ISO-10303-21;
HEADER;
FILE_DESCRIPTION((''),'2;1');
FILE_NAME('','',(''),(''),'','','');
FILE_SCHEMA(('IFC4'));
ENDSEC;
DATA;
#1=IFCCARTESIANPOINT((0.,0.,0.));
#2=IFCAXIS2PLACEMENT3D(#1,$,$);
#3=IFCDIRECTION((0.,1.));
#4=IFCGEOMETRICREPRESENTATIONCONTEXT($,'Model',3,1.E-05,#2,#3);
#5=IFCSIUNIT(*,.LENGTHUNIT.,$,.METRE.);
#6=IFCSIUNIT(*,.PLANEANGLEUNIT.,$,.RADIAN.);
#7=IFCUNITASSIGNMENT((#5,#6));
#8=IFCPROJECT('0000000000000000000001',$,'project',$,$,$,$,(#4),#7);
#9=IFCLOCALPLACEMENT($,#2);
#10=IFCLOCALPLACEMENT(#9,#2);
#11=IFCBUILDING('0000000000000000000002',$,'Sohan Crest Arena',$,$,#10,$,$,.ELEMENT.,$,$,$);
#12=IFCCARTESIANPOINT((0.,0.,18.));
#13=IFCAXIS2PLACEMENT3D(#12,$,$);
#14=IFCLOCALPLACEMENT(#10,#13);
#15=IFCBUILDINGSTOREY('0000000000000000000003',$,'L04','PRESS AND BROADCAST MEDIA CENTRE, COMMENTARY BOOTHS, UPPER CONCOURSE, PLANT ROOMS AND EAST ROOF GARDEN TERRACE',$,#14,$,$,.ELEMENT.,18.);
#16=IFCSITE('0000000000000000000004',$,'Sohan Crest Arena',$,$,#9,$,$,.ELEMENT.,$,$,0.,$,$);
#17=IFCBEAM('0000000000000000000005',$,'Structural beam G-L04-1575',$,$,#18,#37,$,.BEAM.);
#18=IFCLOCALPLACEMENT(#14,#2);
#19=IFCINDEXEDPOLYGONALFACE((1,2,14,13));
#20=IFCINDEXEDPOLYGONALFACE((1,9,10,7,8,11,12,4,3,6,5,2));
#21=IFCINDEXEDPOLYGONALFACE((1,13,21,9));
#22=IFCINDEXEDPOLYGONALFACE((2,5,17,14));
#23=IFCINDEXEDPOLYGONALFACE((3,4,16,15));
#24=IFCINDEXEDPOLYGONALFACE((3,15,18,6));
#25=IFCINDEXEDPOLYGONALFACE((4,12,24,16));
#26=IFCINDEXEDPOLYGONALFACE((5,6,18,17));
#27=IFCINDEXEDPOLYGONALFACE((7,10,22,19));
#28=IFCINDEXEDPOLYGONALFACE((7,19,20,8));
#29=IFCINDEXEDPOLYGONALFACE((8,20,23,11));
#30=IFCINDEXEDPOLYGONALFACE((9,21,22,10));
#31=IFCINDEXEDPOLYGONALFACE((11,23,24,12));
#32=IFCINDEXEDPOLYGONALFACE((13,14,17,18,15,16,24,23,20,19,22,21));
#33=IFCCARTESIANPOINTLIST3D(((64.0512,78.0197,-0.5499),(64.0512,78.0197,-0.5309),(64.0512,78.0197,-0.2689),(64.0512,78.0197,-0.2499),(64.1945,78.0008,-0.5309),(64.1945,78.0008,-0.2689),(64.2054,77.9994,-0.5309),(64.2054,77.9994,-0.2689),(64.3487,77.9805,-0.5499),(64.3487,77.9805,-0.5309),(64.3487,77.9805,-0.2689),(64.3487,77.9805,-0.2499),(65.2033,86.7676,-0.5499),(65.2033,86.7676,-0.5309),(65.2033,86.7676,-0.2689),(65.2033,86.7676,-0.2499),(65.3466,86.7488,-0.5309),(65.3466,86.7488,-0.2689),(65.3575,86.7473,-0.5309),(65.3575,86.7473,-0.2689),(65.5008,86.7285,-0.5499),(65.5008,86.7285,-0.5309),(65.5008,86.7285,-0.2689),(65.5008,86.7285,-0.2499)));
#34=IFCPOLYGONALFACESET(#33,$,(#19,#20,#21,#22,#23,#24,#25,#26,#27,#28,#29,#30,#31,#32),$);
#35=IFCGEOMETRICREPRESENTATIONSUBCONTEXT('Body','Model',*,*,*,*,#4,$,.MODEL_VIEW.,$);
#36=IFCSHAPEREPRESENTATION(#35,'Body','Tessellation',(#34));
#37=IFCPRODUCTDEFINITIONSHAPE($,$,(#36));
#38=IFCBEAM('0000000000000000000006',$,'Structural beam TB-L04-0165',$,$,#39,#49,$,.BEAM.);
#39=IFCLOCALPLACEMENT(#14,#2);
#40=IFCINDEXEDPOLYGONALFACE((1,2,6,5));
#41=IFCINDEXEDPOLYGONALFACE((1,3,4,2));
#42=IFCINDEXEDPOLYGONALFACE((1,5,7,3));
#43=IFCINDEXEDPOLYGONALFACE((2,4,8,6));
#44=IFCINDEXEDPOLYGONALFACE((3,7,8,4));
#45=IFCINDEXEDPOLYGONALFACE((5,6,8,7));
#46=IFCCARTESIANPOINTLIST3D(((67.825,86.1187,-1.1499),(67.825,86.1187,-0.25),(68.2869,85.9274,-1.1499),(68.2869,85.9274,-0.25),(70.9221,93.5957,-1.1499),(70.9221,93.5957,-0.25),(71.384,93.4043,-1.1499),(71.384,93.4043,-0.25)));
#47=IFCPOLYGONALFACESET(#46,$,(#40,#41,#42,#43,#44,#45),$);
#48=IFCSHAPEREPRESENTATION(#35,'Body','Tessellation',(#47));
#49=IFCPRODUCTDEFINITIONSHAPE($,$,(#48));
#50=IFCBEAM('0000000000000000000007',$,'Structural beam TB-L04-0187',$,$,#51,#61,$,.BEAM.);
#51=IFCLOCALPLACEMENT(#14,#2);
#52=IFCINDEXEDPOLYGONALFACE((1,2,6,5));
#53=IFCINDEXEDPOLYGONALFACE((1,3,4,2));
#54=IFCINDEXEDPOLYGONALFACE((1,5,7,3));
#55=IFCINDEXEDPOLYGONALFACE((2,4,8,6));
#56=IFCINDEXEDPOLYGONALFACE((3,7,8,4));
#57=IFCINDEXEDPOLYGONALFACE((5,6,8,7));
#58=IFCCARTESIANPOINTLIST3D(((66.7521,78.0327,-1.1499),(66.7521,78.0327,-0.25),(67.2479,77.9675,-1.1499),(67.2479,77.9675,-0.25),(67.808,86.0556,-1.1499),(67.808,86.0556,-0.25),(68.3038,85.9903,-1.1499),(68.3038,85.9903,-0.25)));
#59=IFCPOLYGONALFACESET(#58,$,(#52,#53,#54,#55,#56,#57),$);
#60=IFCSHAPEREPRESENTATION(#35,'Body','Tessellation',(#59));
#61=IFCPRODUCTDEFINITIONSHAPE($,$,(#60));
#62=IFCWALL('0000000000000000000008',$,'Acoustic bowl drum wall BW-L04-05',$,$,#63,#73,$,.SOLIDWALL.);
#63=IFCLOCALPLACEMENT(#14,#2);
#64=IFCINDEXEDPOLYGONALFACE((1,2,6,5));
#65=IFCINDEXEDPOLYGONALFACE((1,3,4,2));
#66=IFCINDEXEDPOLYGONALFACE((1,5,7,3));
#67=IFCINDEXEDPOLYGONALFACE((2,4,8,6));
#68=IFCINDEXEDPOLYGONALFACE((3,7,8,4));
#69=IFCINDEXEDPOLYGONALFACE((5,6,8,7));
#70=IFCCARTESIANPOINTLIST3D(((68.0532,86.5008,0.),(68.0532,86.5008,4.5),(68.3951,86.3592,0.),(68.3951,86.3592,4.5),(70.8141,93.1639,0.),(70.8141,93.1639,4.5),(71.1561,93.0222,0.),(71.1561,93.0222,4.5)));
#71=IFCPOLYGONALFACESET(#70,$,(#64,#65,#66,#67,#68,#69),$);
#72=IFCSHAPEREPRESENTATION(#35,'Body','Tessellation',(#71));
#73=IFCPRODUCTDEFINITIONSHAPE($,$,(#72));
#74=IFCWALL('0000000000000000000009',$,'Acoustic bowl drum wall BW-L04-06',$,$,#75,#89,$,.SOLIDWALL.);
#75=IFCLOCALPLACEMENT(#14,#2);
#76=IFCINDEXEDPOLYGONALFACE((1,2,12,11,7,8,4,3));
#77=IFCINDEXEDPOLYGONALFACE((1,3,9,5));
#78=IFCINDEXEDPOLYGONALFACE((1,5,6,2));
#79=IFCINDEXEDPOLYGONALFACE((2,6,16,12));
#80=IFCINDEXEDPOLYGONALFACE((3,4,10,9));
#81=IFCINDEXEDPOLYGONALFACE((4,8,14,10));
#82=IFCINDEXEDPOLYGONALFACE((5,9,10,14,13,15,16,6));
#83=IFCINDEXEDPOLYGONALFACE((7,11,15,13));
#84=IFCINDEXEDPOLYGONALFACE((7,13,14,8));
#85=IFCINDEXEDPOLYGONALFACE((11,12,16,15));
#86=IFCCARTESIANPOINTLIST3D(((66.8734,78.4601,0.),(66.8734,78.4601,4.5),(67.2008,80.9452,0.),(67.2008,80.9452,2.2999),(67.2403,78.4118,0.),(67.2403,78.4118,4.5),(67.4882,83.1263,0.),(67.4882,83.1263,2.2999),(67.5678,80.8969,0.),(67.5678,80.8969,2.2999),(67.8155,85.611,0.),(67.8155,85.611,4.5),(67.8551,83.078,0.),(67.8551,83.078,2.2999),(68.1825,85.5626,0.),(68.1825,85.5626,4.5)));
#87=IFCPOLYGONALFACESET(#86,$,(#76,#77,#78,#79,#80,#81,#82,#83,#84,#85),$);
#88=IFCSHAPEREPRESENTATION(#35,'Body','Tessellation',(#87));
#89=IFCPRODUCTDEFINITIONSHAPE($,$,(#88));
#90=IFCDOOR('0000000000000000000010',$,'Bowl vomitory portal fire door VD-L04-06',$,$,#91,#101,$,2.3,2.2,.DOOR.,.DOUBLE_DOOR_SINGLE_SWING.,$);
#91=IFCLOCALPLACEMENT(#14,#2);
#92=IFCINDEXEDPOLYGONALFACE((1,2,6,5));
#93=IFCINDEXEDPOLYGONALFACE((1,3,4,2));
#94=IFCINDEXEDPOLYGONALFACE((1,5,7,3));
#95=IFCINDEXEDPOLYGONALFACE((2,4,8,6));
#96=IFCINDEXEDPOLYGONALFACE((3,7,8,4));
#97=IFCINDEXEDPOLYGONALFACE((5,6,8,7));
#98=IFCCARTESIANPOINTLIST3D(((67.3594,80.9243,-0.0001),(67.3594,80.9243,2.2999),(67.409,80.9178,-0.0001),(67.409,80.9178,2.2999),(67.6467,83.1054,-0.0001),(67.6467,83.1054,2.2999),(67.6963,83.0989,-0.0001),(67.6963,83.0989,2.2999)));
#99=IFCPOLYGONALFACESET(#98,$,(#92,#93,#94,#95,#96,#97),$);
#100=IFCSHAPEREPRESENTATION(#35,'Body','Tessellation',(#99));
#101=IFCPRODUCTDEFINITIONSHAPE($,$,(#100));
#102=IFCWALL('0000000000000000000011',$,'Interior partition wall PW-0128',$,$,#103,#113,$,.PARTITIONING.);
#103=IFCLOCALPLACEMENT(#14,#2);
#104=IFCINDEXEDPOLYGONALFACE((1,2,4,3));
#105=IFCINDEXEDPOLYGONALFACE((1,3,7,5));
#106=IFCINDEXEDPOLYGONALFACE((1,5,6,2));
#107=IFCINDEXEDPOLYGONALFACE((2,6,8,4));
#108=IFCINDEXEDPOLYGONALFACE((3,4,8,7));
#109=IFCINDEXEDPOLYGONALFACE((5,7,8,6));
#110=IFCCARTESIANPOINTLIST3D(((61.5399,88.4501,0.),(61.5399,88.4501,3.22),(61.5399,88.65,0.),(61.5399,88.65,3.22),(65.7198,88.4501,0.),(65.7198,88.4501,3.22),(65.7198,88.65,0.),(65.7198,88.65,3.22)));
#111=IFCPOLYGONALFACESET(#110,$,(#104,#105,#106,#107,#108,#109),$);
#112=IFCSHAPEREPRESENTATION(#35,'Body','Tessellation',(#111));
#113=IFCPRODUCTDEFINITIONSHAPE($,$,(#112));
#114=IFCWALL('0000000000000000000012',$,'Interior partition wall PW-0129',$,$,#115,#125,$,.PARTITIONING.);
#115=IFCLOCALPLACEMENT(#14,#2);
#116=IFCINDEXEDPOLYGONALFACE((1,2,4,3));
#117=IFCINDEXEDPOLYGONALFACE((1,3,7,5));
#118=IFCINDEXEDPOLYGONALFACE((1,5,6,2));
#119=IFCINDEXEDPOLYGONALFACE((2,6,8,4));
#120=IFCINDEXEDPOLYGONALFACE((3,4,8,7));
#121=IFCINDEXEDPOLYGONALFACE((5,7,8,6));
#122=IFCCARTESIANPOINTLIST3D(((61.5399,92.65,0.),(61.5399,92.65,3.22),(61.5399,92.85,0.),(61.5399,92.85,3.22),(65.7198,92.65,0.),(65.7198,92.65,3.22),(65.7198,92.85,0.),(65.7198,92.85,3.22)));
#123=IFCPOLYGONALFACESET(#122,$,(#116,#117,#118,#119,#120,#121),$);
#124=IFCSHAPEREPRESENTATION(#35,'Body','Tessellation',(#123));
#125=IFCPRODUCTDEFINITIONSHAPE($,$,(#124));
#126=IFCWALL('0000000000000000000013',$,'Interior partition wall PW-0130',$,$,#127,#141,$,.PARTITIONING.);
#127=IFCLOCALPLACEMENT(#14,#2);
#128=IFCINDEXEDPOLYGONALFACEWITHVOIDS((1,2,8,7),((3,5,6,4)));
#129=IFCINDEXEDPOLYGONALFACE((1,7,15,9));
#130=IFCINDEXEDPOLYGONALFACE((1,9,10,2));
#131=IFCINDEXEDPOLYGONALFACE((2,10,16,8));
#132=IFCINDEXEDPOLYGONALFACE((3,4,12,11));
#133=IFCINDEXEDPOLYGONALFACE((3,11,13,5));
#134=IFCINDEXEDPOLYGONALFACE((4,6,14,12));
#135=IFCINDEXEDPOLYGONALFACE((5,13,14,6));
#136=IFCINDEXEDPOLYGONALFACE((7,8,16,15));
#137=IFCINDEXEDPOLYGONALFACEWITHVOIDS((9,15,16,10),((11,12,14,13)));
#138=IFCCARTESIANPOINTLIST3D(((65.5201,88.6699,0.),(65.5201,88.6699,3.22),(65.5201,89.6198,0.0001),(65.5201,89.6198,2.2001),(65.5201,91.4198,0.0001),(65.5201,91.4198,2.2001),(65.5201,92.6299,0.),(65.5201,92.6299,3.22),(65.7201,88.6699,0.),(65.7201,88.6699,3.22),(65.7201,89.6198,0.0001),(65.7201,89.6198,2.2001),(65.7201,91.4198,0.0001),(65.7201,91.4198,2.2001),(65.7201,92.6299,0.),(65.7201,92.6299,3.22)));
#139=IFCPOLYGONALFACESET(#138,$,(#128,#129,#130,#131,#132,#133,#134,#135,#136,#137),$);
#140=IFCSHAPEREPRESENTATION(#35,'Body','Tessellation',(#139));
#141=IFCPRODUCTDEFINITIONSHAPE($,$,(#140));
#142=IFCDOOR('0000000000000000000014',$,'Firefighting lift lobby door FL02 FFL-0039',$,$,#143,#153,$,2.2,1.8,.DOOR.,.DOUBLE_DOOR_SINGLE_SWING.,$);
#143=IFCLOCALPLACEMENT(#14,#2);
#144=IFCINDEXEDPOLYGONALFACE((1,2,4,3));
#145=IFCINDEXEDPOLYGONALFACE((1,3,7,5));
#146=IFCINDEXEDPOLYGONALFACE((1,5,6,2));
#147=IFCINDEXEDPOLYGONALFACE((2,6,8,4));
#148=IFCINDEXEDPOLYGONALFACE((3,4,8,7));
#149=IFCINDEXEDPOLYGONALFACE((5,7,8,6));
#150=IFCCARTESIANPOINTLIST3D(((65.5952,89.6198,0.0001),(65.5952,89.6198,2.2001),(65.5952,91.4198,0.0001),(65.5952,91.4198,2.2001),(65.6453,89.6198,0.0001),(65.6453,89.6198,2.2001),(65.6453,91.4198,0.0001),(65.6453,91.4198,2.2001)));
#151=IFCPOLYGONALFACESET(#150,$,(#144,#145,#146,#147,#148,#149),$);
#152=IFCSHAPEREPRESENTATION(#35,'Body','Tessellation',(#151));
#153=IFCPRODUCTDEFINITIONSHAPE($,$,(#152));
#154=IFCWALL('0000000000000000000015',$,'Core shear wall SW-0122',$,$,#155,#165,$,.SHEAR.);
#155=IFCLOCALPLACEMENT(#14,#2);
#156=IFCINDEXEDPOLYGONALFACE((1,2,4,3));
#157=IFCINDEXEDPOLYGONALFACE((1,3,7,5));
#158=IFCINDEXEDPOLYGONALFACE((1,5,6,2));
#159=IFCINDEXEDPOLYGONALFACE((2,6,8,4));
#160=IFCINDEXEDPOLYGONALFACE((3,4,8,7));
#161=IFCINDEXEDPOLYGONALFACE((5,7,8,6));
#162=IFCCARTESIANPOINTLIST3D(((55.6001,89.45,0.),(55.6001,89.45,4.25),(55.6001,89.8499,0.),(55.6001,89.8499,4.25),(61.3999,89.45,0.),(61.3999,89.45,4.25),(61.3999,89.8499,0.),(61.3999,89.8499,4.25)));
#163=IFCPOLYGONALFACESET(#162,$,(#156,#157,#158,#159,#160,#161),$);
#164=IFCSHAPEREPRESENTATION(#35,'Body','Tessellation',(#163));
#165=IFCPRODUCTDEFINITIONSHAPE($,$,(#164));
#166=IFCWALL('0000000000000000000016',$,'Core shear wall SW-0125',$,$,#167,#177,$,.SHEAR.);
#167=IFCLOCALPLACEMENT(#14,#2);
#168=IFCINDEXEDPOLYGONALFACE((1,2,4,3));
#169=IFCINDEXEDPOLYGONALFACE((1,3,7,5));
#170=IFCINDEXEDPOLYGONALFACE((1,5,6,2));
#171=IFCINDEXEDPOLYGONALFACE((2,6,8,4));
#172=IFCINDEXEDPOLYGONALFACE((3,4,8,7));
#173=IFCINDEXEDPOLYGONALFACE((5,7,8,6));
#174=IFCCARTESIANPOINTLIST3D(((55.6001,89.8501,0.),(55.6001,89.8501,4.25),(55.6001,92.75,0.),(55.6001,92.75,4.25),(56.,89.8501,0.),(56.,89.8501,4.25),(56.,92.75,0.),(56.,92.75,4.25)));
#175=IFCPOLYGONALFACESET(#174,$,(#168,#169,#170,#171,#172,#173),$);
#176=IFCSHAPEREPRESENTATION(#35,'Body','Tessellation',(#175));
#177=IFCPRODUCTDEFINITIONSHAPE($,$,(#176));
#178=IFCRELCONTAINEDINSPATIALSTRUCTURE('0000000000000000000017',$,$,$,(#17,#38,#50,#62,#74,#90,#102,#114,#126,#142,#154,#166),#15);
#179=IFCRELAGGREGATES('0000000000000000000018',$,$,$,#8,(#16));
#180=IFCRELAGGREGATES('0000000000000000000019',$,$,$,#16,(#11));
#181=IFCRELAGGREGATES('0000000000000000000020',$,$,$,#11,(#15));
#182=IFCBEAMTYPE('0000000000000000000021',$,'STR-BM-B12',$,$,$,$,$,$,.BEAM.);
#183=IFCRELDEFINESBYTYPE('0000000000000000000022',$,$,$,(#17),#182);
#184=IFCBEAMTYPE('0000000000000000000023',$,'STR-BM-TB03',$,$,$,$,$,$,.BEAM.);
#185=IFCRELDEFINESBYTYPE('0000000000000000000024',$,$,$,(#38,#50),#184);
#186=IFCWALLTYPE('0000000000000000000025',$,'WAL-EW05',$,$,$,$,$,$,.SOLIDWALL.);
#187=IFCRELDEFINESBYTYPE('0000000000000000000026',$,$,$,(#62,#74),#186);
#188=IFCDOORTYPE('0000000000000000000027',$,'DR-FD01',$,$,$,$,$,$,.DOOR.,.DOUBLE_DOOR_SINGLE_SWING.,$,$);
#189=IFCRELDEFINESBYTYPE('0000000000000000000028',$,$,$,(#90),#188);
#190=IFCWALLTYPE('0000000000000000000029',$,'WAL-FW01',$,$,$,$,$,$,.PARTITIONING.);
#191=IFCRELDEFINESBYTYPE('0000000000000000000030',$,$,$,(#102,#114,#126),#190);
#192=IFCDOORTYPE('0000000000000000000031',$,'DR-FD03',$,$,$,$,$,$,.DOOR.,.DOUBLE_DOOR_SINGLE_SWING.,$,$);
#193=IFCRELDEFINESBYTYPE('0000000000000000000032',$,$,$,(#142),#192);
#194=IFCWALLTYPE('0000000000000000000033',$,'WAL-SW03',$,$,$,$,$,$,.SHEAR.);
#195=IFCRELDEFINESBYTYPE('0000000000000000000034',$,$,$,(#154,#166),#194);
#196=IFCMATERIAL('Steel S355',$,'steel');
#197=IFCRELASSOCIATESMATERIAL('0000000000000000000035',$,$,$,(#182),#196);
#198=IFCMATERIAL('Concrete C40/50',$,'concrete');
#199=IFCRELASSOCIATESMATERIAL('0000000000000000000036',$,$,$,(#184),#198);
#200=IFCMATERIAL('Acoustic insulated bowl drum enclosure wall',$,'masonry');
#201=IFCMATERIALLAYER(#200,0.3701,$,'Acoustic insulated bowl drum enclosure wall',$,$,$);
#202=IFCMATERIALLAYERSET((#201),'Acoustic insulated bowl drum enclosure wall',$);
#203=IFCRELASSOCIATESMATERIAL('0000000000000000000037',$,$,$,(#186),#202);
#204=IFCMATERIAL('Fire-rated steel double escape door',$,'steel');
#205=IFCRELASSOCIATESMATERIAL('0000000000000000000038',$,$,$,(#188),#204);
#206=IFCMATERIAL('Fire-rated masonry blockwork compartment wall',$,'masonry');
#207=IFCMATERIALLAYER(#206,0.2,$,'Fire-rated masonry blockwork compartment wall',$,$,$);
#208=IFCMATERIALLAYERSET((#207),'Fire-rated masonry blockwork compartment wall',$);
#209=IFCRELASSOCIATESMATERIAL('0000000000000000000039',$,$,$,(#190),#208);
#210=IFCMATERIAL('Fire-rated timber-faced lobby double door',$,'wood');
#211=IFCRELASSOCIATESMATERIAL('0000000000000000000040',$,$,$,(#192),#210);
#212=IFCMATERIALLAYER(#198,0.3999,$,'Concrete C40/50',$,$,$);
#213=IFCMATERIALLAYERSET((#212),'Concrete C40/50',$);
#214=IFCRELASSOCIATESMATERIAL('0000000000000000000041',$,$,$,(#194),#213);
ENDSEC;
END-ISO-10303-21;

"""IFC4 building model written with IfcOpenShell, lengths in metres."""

from ifc_helpers import new_model, si_unit, direction, frame, frame_2d, origin, origin_2d, place, context, subcontext, project, spatial, rectangle, i_section, extrude, material, layer, layer_set, material_profile, profile_set, type_object, element, fill, save


model = new_model("IFC4")

# Units and contexts
model_context = context("Model", 3, precision=1e-05, world=origin(), true_north=direction((0.0, 1.0)))
body_context = subcontext(model_context, "Body", "Model", "MODEL_VIEW")
ifc_project = project(units=[si_unit("LENGTHUNIT", "METRE"), si_unit("PLANEANGLEUNIT", "RADIAN")], contexts=[model_context])

# Site, building, storey
site_placement = place(None, origin())
site = spatial("IfcSite", under=ifc_project, at=site_placement, Name="Sohan Crest Arena", CompositionType="ELEMENT", RefElevation=0.0)
building_placement = place(site_placement, origin())
building = spatial("IfcBuilding", under=site, at=building_placement, Name="Sohan Crest Arena", CompositionType="ELEMENT")
storey_placement = place(building_placement, frame((0.0, 0.0, 18.0)))
storey = spatial("IfcBuildingStorey", under=building, at=storey_placement, Name="L04", Description="PRESS AND BROADCAST MEDIA CENTRE, COMMENTARY BOOTHS, UPPER CONCOURSE, PLANT ROOMS AND EAST ROOF GARDEN TERRACE", CompositionType="ELEMENT", Elevation=18.0)

# Shared definitions
ifc_material_1 = material(Name="Concrete C40/50", Category="concrete")
ifc_material_2 = material(Name="Steel S355", Category="steel")

# Beams
ifc_material_profile_1 = material_profile(ifc_material_2, i_section(OverallWidth=0.3, OverallDepth=0.3, WebThickness=0.011, FlangeThickness=0.019, at=origin_2d()), Name="HEB 300")
ifc_profile_set_1 = profile_set([ifc_material_profile_1], Name="Steel S355")
beam_type_1 = type_object("IfcBeamType", Name="STR-BM-B12", PredefinedType="BEAM", material=ifc_profile_set_1)
beam_1_placement = place(storey_placement, frame((65.3521, 86.748, -0.3999), z_axis=(-0.13057, -0.991439, 0.0), x_axis=(0.991439, -0.13057, 0.0)))
element("IfcBeam", 1, at=beam_1_placement, inside=storey, type_object=beam_type_1, Name="Structural beam G-L04-1575", PredefinedType="BEAM", context=body_context, shape_type="SweptSolid", body=[
    extrude(i_section(OverallWidth=0.3, OverallDepth=0.3, WebThickness=0.011, FlangeThickness=0.019, at=origin_2d()), origin(), (0.0, 0.0, 1.0), 8.8235),
])
ifc_material_profile_2 = material_profile(ifc_material_1, rectangle(XDim=0.5, YDim=0.8999, at=origin_2d()), Name="RC-BM 500x900")
ifc_profile_set_2 = profile_set([ifc_material_profile_2], Name="Concrete C40/50")
beam_type_2 = type_object("IfcBeamType", Name="STR-BM-TB03", PredefinedType="BEAM", material=ifc_profile_set_2)
beam_2_placement = place(storey_placement, frame((71.1531, 93.5, -0.7), z_axis=(-0.382691, -0.923876, 0.0), x_axis=(0.923876, -0.382691, 0.0)))
element("IfcBeam", 2, at=beam_2_placement, inside=storey, type_object=beam_type_2, Name="Structural beam TB-L04-0165", PredefinedType="BEAM", context=body_context, shape_type="SweptSolid", body=[
    extrude(rectangle(XDim=0.5, YDim=0.8999, at=origin_2d()), origin(), (0.0, 0.0, 1.0), 8.093),
])
beam_3_placement = place(storey_placement, frame((68.0559, 86.0229, -0.7), z_axis=(-0.130486, -0.99145, 0.0), x_axis=(0.99145, -0.130486, 0.0)))
element("IfcBeam", 3, at=beam_3_placement, inside=storey, type_object=beam_type_2, Name="Structural beam TB-L04-0187", PredefinedType="BEAM", context=body_context, shape_type="SweptSolid", body=[
    extrude(rectangle(XDim=0.5, YDim=0.8999, at=origin_2d()), origin(), (0.0, 0.0, 1.0), 8.092),
])

# Wall
ifc_material_3 = material(Name="Acoustic insulated bowl drum enclosure wall", Category="masonry")
ifc_layer_1 = layer(ifc_material_3, 0.3701, Name="Acoustic insulated bowl drum enclosure wall")
ifc_layer_set_1 = layer_set([ifc_layer_1], Name="Acoustic insulated bowl drum enclosure wall")
wall_type_1 = type_object("IfcWallType", Name="WAL-EW05", PredefinedType="SOLIDWALL", material=ifc_layer_set_1)
wall_1_placement = place(storey_placement, frame((70.9851, 93.093, 0.0), z_axis=(0.0, 0.0, 1.0), x_axis=(-0.382807, -0.923828, 0.0)))
element("IfcWall", 4, at=wall_1_placement, inside=storey, type_object=wall_type_1, Name="Acoustic bowl drum wall BW-L04-05", PredefinedType="SOLIDWALL", context=body_context, shape_type="SweptSolid", body=[
    extrude(rectangle(XDim=7.2124, YDim=0.3701, at=frame_2d((3.6062, 0.0))), origin(), (0.0, 0.0, 1.0), 4.5),
])

# Wall, opening, door
wall_2_placement = place(storey_placement, frame((67.999, 85.5869, 0.0), z_axis=(0.0, 0.0, 1.0), x_axis=(-0.130623, -0.991432, 0.0)))
wall_2 = element("IfcWall", 5, at=wall_2_placement, inside=storey, type_object=wall_type_1, Name="Acoustic bowl drum wall BW-L04-06", PredefinedType="SOLIDWALL", context=body_context, shape_type="SweptSolid", body=[
    extrude(rectangle(XDim=7.2126, YDim=0.3701, at=frame_2d((3.6064, 0.0))), origin(), (0.0, 0.0, 1.0), 4.5),
])
opening_1_placement = place(wall_2_placement, frame((2.5061, 0.0, 0.0)))
opening_1 = element("IfcOpeningElement", 6, at=opening_1_placement, cuts=wall_2, PredefinedType="OPENING", context=body_context, shape_type="SweptSolid", body=[
    extrude(rectangle(XDim=2.2, YDim=2.3, at=frame_2d((1.1001, 1.1499))), frame((0.0, 0.1951, 0.0), z_axis=(0.0, -1.0, 0.0), x_axis=(1.0, 0.0, 0.0)), (0.0, 0.0, 1.0), 0.3901),
])
ifc_material_4 = material(Name="Fire-rated steel double escape door", Category="steel")
door_type_1 = type_object("IfcDoorType", Name="DR-FD01", OperationType="DOUBLE_DOOR_SINGLE_SWING", PredefinedType="DOOR", material=ifc_material_4)
door_1_placement = place(opening_1_placement, origin())
door_1 = element("IfcDoor", 7, at=door_1_placement, inside=storey, type_object=door_type_1, Name="Bowl vomitory portal fire door VD-L04-06", OperationType="DOUBLE_DOOR_SINGLE_SWING", OverallHeight=2.3, OverallWidth=2.2, PredefinedType="DOOR", context=body_context, shape_type="SweptSolid", body=[
    extrude(rectangle(XDim=2.2, YDim=2.3, at=frame_2d((1.1001, 1.1499))), frame((0.0, 0.0249, 0.0), z_axis=(0.0, -1.0, 0.0), x_axis=(1.0, 0.0, 0.0)), (0.0, 0.0, 1.0), 0.05),
])
fill(opening_1, door_1)

# Walls
ifc_material_5 = material(Name="Fire-rated masonry blockwork compartment wall", Category="masonry")
ifc_layer_2 = layer(ifc_material_5, 0.2, Name="Fire-rated masonry blockwork compartment wall")
ifc_layer_set_2 = layer_set([ifc_layer_2], Name="Fire-rated masonry blockwork compartment wall")
wall_type_2 = type_object("IfcWallType", Name="WAL-FW01", PredefinedType="PARTITIONING", material=ifc_layer_set_2)
for number, where, z_axis, x_axis, name in (
    (8, (61.54, 88.55, 0.0), (0.0, 0.0, 1.0), (1.0, 0.0, 0.0), "Interior partition wall PW-0128"),
    (9, (61.54, 92.75, 0.0), (0.0, 0.0, 1.0), (1.0, 0.0, 0.0), "Interior partition wall PW-0129"),
):
    element("IfcWall", number, at=place(storey_placement, frame(where, z_axis=z_axis, x_axis=x_axis)), inside=storey, type_object=wall_type_2, Name=name, PredefinedType="PARTITIONING", context=body_context, shape_type="SweptSolid", body=[
        extrude(rectangle(XDim=4.1799, YDim=0.2, at=frame_2d((2.0898, 0.0))), origin(), (0.0, 0.0, 1.0), 3.22),
    ])

# Wall, opening, door
wall_3_placement = place(storey_placement, frame((65.6201, 88.6699, 0.0), z_axis=(0.0, 0.0, 1.0), x_axis=(0.0, 1.0, 0.0)))
wall_3 = element("IfcWall", 10, at=wall_3_placement, inside=storey, type_object=wall_type_2, Name="Interior partition wall PW-0130", PredefinedType="PARTITIONING", context=body_context, shape_type="SweptSolid", body=[
    extrude(rectangle(XDim=3.96, YDim=0.2, at=frame_2d((1.98, 0.0))), origin(), (0.0, 0.0, 1.0), 3.22),
])
opening_2_placement = place(wall_3_placement, frame((0.95, 0.0, 0.0)))
opening_2 = element("IfcOpeningElement", 11, at=opening_2_placement, cuts=wall_3, PredefinedType="OPENING", context=body_context, shape_type="SweptSolid", body=[
    extrude(rectangle(XDim=1.8, YDim=2.2, at=frame_2d((0.8999, 1.1001))), frame((0.0, 0.1099, 0.0), z_axis=(0.0, -1.0, 0.0), x_axis=(1.0, 0.0, 0.0)), (0.0, 0.0, 1.0), 0.22),
])
ifc_material_6 = material(Name="Fire-rated timber-faced lobby double door", Category="wood")
door_type_2 = type_object("IfcDoorType", Name="DR-FD03", OperationType="DOUBLE_DOOR_SINGLE_SWING", PredefinedType="DOOR", material=ifc_material_6)
door_2_placement = place(opening_2_placement, origin())
door_2 = element("IfcDoor", 12, at=door_2_placement, inside=storey, type_object=door_type_2, Name="Firefighting lift lobby door FL02 FFL-0039", OperationType="DOUBLE_DOOR_SINGLE_SWING", OverallHeight=2.2, OverallWidth=1.8, PredefinedType="DOOR", context=body_context, shape_type="SweptSolid", body=[
    extrude(rectangle(XDim=1.8, YDim=2.2, at=frame_2d((0.8999, 1.1001))), frame((0.0, 0.0249, 0.0), z_axis=(0.0, -1.0, 0.0), x_axis=(1.0, 0.0, 0.0)), (0.0, 0.0, 1.0), 0.05),
])
fill(opening_2, door_2)

# Walls
ifc_layer_3 = layer(ifc_material_1, 0.3999, Name="Concrete C40/50")
ifc_layer_set_3 = layer_set([ifc_layer_3], Name="Concrete C40/50")
wall_type_3 = type_object("IfcWallType", Name="WAL-SW03", PredefinedType="SHEAR", material=ifc_layer_set_3)
wall_4_placement = place(storey_placement, frame((55.6001, 89.6499, 0.0), z_axis=(0.0, 0.0, 1.0), x_axis=(1.0, 0.0, 0.0)))
element("IfcWall", 13, at=wall_4_placement, inside=storey, type_object=wall_type_3, Name="Core shear wall SW-0122", PredefinedType="SHEAR", context=body_context, shape_type="SweptSolid", body=[
    extrude(rectangle(XDim=5.7998, YDim=0.3999, at=frame_2d((2.8999, 0.0))), origin(), (0.0, 0.0, 1.0), 4.25),
])
wall_5_placement = place(storey_placement, frame((55.8, 89.8501, 0.0), z_axis=(0.0, 0.0, 1.0), x_axis=(0.0, 1.0, 0.0)))
element("IfcWall", 14, at=wall_5_placement, inside=storey, type_object=wall_type_3, Name="Core shear wall SW-0125", PredefinedType="SHEAR", context=body_context, shape_type="SweptSolid", body=[
    extrude(rectangle(XDim=2.8999, YDim=0.3999, at=frame_2d((1.45, 0.0))), origin(), (0.0, 0.0, 1.0), 4.25),
])

save(model, "model.ifc")
